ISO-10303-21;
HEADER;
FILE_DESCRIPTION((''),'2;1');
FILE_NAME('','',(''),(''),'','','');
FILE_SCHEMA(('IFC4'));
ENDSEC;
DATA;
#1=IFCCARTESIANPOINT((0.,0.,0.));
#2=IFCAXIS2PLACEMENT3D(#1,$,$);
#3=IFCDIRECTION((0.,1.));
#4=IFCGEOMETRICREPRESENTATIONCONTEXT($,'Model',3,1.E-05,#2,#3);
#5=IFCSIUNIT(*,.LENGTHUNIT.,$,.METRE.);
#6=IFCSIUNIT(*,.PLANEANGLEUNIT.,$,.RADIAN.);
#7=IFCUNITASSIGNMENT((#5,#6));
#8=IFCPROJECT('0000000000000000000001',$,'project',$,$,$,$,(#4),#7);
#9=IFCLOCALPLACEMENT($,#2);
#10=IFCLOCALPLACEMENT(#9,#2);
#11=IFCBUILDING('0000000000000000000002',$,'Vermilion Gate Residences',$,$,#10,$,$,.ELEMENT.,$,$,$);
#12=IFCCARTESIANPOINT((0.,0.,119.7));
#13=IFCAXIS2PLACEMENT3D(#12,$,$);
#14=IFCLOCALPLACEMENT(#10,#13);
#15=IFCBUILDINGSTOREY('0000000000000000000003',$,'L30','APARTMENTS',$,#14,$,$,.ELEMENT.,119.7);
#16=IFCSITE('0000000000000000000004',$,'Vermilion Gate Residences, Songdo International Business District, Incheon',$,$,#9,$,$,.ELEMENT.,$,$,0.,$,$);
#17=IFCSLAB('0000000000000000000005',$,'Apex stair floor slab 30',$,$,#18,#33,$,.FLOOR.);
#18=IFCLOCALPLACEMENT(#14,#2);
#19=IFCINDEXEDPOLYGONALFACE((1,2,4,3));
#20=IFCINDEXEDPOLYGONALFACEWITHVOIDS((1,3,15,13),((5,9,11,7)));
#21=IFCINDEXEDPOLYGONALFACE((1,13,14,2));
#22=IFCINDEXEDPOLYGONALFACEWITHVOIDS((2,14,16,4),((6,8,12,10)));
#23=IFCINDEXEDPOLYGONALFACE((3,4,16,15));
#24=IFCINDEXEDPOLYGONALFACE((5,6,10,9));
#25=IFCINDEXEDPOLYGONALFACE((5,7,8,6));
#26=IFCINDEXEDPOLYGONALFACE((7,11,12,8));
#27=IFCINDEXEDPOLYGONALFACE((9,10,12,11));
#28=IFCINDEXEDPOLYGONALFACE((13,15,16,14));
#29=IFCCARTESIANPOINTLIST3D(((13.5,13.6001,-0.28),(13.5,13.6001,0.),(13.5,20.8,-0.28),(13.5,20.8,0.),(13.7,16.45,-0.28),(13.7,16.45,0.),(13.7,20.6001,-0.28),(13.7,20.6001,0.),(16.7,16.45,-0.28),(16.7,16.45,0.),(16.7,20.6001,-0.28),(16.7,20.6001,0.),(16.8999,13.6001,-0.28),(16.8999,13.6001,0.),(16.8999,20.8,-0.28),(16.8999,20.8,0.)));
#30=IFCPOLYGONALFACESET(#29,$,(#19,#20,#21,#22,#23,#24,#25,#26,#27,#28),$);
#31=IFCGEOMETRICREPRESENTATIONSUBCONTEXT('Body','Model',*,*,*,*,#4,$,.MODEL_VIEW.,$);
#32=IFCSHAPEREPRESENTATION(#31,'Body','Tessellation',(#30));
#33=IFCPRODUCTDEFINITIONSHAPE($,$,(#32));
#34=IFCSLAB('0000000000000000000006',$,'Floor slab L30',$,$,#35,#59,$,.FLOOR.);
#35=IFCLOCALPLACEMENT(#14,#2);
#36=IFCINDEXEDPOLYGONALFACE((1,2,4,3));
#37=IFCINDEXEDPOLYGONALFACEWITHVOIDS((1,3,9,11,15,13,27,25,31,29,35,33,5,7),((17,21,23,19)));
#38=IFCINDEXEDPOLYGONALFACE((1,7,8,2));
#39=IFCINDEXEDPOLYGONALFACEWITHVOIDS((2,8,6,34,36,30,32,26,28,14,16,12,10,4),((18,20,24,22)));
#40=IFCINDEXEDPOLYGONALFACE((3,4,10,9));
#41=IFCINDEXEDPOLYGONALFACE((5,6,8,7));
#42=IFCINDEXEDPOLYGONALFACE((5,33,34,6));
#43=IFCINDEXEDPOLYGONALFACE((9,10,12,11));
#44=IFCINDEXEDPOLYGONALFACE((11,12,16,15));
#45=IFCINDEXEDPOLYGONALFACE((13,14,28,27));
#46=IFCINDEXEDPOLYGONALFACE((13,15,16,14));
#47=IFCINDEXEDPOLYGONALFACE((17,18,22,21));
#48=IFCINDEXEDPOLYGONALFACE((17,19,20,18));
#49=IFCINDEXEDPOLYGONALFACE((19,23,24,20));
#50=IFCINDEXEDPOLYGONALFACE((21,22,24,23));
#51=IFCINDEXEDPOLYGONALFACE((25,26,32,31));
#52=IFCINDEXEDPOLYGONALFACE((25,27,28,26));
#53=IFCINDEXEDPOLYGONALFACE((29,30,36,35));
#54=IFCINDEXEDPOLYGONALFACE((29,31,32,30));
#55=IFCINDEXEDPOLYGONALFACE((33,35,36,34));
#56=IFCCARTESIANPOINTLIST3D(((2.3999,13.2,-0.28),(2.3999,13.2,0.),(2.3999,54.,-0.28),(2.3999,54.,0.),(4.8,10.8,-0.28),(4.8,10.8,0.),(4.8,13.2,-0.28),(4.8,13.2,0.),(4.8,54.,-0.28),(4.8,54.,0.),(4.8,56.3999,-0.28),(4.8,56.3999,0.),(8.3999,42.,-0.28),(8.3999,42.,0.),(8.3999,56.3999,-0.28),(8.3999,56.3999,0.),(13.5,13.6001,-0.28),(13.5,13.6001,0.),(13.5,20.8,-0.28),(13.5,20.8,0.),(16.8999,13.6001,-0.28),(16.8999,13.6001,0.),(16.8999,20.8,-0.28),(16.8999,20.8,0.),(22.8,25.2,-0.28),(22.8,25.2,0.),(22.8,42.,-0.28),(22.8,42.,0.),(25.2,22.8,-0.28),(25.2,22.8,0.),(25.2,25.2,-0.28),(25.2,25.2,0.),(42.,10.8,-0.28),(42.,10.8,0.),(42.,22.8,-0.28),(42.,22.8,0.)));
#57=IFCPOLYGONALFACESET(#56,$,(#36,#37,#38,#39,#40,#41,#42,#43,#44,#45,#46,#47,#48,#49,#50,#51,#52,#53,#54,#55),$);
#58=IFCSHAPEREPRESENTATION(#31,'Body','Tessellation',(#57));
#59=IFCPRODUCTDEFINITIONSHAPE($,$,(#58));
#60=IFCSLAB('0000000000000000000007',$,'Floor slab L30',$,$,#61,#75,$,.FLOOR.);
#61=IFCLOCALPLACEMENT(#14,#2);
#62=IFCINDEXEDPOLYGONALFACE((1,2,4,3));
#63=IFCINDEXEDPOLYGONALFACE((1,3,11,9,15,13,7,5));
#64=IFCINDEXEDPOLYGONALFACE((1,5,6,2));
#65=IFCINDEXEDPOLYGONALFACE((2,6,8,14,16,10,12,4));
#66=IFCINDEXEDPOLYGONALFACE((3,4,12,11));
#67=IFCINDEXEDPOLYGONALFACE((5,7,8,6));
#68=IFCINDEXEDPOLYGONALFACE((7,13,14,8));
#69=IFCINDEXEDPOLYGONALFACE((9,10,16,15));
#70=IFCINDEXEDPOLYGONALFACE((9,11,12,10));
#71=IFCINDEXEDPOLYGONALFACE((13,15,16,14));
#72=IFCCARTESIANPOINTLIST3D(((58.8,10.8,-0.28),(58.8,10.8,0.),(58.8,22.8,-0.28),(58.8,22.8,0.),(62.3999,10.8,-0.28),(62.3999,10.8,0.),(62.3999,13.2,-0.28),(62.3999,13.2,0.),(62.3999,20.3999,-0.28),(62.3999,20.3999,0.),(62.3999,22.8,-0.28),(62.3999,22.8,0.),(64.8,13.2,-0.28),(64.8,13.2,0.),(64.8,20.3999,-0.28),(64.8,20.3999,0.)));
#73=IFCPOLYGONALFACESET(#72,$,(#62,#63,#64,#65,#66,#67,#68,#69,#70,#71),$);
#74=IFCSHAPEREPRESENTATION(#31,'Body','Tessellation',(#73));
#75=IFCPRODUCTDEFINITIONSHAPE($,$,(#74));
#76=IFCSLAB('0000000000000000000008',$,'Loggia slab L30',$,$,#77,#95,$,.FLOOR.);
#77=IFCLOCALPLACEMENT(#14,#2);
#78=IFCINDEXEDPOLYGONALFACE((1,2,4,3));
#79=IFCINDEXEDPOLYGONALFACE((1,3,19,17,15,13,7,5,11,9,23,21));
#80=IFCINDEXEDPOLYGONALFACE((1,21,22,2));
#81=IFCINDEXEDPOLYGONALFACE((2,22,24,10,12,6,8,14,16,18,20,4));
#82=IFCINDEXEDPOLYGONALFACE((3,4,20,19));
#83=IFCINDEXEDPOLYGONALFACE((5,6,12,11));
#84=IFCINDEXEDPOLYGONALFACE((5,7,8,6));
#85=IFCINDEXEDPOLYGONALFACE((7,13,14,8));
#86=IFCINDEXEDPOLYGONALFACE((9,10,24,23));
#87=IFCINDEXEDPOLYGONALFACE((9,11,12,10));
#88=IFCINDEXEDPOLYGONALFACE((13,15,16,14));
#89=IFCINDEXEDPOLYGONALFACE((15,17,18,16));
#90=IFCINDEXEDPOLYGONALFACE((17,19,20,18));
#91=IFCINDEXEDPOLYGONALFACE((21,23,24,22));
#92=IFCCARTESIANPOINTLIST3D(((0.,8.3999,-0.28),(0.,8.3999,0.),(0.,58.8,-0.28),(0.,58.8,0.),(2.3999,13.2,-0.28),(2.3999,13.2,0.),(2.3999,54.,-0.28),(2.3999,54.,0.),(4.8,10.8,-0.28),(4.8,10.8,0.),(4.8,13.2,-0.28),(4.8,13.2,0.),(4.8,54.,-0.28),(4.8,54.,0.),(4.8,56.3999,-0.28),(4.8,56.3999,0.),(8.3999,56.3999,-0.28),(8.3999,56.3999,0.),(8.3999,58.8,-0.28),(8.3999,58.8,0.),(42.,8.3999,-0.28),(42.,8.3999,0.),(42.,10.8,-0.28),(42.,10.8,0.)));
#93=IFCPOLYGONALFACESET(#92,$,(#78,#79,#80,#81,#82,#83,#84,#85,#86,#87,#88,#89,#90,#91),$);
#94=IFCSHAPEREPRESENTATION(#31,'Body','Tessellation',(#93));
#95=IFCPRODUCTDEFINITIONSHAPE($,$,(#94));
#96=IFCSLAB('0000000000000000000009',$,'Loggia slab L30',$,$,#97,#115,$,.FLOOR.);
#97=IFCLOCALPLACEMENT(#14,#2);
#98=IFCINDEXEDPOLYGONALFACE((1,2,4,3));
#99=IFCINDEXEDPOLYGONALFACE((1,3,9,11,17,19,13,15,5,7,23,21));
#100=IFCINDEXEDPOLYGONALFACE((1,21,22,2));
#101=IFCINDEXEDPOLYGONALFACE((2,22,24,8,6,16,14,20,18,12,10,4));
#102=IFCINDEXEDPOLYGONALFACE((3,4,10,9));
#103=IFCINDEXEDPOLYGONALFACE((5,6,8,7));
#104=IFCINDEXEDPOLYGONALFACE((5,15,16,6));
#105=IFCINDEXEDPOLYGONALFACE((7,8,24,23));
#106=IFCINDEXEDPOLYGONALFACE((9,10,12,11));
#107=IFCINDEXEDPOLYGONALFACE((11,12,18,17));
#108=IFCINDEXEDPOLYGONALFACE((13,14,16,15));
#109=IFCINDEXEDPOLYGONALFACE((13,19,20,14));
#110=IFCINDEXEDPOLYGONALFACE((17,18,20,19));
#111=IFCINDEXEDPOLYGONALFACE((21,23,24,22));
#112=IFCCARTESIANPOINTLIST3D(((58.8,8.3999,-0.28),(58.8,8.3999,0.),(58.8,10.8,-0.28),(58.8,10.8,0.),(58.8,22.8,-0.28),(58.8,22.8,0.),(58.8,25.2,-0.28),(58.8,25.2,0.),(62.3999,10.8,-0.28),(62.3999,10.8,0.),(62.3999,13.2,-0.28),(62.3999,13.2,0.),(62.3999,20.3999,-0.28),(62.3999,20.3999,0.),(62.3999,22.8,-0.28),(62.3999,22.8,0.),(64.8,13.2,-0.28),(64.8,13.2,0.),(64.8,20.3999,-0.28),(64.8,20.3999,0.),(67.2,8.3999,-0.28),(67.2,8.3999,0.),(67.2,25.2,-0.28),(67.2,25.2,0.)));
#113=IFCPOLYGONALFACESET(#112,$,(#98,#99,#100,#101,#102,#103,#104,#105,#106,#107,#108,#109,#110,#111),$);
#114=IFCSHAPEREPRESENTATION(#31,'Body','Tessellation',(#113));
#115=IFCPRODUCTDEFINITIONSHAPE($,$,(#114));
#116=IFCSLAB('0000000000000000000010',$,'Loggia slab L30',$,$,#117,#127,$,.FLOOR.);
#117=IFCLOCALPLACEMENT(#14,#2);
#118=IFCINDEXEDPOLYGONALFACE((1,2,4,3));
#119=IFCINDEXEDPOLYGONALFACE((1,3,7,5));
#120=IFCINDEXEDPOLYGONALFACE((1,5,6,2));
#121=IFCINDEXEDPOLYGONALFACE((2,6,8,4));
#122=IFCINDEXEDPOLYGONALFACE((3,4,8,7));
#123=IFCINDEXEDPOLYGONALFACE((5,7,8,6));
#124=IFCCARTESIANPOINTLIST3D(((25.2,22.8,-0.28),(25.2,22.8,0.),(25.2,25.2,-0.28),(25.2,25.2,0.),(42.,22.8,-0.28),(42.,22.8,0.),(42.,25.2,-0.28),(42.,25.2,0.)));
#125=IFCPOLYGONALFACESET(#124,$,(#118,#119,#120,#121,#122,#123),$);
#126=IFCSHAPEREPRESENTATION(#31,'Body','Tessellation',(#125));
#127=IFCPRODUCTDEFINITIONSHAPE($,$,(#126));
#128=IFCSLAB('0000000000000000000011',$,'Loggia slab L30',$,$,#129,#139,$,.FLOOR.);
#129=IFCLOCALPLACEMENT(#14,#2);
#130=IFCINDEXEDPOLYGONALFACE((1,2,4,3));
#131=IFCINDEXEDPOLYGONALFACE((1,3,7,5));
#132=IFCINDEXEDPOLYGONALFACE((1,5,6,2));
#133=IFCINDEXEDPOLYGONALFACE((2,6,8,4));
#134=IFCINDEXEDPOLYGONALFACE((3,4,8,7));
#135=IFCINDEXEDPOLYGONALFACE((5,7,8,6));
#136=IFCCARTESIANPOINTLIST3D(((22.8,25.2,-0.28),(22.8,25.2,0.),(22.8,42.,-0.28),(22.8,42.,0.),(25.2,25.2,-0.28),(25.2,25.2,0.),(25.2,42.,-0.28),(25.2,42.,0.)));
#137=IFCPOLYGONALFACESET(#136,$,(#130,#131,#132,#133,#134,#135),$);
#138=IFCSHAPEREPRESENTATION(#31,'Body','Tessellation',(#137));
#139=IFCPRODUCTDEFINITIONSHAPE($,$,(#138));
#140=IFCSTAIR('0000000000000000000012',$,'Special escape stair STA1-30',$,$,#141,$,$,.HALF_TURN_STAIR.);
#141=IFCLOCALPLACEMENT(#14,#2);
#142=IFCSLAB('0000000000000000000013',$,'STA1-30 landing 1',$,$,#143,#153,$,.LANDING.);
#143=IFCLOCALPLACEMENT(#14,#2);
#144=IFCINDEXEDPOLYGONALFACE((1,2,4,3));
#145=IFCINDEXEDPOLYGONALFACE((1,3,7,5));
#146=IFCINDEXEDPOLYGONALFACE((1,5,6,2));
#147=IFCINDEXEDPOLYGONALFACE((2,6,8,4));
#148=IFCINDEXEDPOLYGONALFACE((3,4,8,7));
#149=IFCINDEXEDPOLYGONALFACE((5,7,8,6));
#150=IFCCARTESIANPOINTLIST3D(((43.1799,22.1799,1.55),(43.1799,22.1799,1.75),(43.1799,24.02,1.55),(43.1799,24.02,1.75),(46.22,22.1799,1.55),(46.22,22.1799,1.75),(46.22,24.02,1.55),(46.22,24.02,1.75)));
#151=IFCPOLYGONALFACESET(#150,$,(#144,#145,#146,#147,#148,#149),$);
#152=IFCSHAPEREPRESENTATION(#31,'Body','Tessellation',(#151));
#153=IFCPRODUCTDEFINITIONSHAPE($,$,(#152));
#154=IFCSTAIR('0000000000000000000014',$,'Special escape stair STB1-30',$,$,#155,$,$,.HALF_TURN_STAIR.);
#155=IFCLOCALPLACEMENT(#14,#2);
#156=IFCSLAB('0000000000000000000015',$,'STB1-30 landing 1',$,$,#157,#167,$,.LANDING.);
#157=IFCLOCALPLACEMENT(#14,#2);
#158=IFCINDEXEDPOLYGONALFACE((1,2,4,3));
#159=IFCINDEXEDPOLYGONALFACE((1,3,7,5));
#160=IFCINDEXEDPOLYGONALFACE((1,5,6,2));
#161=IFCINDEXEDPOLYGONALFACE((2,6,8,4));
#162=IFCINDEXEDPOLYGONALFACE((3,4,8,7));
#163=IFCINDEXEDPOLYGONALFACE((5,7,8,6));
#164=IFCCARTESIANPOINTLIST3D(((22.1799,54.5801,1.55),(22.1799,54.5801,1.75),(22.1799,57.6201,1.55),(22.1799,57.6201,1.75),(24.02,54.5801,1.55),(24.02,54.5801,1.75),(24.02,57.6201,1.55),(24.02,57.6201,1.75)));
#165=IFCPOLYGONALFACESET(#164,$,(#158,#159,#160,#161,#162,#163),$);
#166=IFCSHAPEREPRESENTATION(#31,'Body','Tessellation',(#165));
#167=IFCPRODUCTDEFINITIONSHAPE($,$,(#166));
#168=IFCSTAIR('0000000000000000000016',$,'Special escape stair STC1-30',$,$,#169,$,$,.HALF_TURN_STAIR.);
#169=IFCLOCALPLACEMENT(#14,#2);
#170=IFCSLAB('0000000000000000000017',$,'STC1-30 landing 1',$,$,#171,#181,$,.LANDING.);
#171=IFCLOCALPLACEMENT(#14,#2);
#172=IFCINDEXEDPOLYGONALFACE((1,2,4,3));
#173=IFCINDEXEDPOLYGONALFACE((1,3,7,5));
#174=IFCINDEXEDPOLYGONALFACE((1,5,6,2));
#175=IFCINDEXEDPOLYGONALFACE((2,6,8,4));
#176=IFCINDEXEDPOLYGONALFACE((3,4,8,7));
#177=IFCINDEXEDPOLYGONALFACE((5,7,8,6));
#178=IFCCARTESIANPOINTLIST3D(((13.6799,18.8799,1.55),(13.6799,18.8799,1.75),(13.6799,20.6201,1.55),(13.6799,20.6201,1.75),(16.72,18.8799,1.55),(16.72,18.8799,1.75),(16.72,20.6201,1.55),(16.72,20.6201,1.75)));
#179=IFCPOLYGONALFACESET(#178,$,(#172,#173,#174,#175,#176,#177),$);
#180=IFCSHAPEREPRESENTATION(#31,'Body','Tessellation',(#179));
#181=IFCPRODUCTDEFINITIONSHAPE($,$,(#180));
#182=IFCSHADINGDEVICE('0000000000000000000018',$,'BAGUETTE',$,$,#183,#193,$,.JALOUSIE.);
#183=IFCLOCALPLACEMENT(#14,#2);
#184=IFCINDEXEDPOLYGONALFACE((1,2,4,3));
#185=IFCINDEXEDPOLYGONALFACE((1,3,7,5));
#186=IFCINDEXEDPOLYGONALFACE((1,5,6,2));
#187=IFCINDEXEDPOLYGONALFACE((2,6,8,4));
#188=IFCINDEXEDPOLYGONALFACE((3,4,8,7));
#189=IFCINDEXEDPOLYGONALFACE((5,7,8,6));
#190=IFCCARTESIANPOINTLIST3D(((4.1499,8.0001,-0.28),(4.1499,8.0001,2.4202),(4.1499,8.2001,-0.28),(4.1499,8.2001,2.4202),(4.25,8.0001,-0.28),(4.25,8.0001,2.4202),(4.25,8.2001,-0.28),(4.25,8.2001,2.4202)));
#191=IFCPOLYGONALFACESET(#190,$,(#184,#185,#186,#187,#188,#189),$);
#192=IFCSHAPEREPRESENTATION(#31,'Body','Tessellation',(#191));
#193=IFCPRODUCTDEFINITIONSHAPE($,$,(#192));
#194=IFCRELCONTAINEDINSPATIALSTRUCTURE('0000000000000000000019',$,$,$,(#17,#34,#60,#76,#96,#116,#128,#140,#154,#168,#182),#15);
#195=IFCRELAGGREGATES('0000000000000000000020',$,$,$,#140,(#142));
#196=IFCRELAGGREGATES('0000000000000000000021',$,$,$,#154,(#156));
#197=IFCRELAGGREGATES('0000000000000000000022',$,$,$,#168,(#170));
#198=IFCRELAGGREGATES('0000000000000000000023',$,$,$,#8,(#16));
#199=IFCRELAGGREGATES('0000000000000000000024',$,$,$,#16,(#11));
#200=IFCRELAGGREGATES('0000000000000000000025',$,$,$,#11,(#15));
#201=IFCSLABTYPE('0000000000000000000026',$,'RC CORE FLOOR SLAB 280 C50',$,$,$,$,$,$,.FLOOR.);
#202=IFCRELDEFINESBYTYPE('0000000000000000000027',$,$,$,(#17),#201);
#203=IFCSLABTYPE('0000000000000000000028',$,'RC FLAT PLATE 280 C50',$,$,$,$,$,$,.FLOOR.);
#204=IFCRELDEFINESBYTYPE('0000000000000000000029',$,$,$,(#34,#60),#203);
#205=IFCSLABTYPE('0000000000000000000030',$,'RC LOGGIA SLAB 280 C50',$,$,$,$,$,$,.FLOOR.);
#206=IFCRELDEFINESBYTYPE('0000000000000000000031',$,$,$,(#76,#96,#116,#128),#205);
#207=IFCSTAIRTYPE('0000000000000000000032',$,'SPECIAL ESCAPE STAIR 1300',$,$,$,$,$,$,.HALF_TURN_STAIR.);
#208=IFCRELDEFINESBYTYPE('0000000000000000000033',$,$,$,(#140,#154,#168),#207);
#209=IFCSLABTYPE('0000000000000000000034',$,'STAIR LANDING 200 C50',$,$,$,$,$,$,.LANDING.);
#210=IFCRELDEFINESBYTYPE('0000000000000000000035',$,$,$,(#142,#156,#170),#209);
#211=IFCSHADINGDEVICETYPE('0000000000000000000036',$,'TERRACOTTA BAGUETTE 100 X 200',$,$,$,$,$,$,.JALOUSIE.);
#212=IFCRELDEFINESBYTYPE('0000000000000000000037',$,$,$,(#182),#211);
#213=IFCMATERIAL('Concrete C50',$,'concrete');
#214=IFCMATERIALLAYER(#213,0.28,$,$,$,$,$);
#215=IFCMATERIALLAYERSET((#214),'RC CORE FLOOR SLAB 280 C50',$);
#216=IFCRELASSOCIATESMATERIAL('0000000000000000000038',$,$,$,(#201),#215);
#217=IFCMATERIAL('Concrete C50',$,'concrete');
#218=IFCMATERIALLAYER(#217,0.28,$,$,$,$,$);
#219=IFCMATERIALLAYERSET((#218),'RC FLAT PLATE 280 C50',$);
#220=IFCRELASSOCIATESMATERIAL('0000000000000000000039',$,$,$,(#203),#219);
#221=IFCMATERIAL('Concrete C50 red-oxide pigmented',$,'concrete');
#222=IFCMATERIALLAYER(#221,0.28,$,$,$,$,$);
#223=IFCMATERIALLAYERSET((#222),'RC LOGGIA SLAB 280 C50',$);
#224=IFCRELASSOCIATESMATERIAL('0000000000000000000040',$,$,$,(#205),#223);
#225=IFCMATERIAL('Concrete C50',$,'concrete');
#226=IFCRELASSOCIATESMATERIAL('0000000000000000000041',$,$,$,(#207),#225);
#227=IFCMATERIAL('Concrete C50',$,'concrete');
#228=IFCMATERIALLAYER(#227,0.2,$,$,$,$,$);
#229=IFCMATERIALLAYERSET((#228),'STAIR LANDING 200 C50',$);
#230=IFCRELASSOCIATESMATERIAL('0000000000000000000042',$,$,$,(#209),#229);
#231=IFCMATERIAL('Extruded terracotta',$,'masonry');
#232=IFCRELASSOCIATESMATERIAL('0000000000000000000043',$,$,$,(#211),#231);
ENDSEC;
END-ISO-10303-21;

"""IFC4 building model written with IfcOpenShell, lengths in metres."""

from ifc_helpers import new_model, si_unit, direction, frame, origin, origin_2d, place, context, subcontext, project, spatial, polyline, rectangle, outline, extrude, material, layer, layer_set, material_profile, profile_set, type_object, element, aggregate, save


model = new_model("IFC4")

# Units and contexts
model_context = context("Model", 3, precision=1e-05, world=origin(), true_north=direction((0.0, 1.0)))
body_context = subcontext(model_context, "Body", "Model", "MODEL_VIEW")
ifc_project = project(units=[si_unit("LENGTHUNIT", "METRE"), si_unit("PLANEANGLEUNIT", "RADIAN")], contexts=[model_context])

# Site, building, storey
site_placement = place(None, origin())
site = spatial("IfcSite", under=ifc_project, at=site_placement, Name="Vermilion Gate Residences, Songdo International Business District, Incheon", CompositionType="ELEMENT", RefElevation=0.0)
building_placement = place(site_placement, origin())
building = spatial("IfcBuilding", under=site, at=building_placement, Name="Vermilion Gate Residences", CompositionType="ELEMENT")
storey_placement = place(building_placement, frame((0.0, 0.0, 119.7)))
storey = spatial("IfcBuildingStorey", under=building, at=storey_placement, Name="L30", Description="APARTMENTS", CompositionType="ELEMENT", Elevation=119.7)

# Slabs
ifc_material_1 = material(Name="Concrete C50", Category="concrete")
ifc_layer_1 = layer(ifc_material_1, 0.28)
ifc_layer_set_1 = layer_set([ifc_layer_1], Name="RC CORE FLOOR SLAB 280 C50")
slab_type_1 = type_object("IfcSlabType", Name="RC CORE FLOOR SLAB 280 C50", PredefinedType="FLOOR", material=ifc_layer_set_1)
slab_1_placement = place(storey_placement, frame((0.0, 0.0, -0.28)))
element("IfcSlab", 1, at=slab_1_placement, inside=storey, type_object=slab_type_1, Name="Apex stair floor slab 30", PredefinedType="FLOOR", context=body_context, shape_type="SweptSolid", body=[
    extrude(outline(polyline([(13.5, 13.6001), (16.8999, 13.6001), (16.8999, 20.8), (13.5, 20.8), (13.5, 13.6001)]), holes=[polyline([(16.7, 20.6001), (16.7, 16.45), (13.7, 16.45), (13.7, 20.6001), (16.7, 20.6001)])]), origin(), (0.0, 0.0, 1.0), 0.28),
])
ifc_material_2 = material(Name="Concrete C50", Category="concrete")
ifc_layer_2 = layer(ifc_material_2, 0.28)
ifc_layer_set_2 = layer_set([ifc_layer_2], Name="RC FLAT PLATE 280 C50")
slab_type_2 = type_object("IfcSlabType", Name="RC FLAT PLATE 280 C50", PredefinedType="FLOOR", material=ifc_layer_set_2)
slab_2_placement = place(storey_placement, frame((0.0, 0.0, -0.28)))
element("IfcSlab", 2, at=slab_2_placement, inside=storey, type_object=slab_type_2, Name="Floor slab L30", PredefinedType="FLOOR", context=body_context, shape_type="SweptSolid", body=[
    extrude(outline(polyline([(22.8, 25.2), (22.8, 42.0), (8.3999, 42.0), (8.3999, 56.3999), (4.8, 56.3999), (4.8, 54.0), (2.3999, 54.0), (2.3999, 13.2), (4.8, 13.2), (4.8, 10.8), (42.0, 10.8), (42.0, 22.8), (25.2, 22.8), (25.2, 25.2), (22.8, 25.2)]), holes=[polyline([(13.5, 13.6001), (13.5, 20.8), (16.8999, 20.8), (16.8999, 13.6001), (13.5, 13.6001)])]), origin(), (0.0, 0.0, 1.0), 0.28),
])
slab_3_placement = place(storey_placement, frame((0.0, 0.0, -0.28)))
element("IfcSlab", 3, at=slab_3_placement, inside=storey, type_object=slab_type_2, Name="Floor slab L30", PredefinedType="FLOOR", context=body_context, shape_type="SweptSolid", body=[
    extrude(outline(polyline([(58.8, 22.8), (58.8, 10.8), (62.3999, 10.8), (62.3999, 13.2), (64.8, 13.2), (64.8, 20.3999), (62.3999, 20.3999), (62.3999, 22.8), (58.8, 22.8)])), origin(), (0.0, 0.0, 1.0), 0.28),
])
ifc_material_3 = material(Name="Concrete C50 red-oxide pigmented", Category="concrete")
ifc_layer_3 = layer(ifc_material_3, 0.28)
ifc_layer_set_3 = layer_set([ifc_layer_3], Name="RC LOGGIA SLAB 280 C50")
slab_type_3 = type_object("IfcSlabType", Name="RC LOGGIA SLAB 280 C50", PredefinedType="FLOOR", material=ifc_layer_set_3)
slab_4_placement = place(storey_placement, frame((0.0, 0.0, -0.28)))
element("IfcSlab", 4, at=slab_4_placement, inside=storey, type_object=slab_type_3, Name="Loggia slab L30", PredefinedType="FLOOR", context=body_context, shape_type="SweptSolid", body=[
    extrude(outline(polyline([(0.0, 58.8), (0.0, 8.3999), (42.0, 8.3999), (42.0, 10.8), (4.8, 10.8), (4.8, 13.2), (2.3999, 13.2), (2.3999, 54.0), (4.8, 54.0), (4.8, 56.3999), (8.3999, 56.3999), (8.3999, 58.8), (0.0, 58.8)])), origin(), (0.0, 0.0, 1.0), 0.28),
])
slab_5_placement = place(storey_placement, frame((0.0, 0.0, -0.28)))
element("IfcSlab", 5, at=slab_5_placement, inside=storey, type_object=slab_type_3, Name="Loggia slab L30", PredefinedType="FLOOR", context=body_context, shape_type="SweptSolid", body=[
    extrude(outline(polyline([(64.8, 20.3999), (64.8, 13.2), (62.3999, 13.2), (62.3999, 10.8), (58.8, 10.8), (58.8, 8.3999), (67.2, 8.3999), (67.2, 25.2), (58.8, 25.2), (58.8, 22.8), (62.3999, 22.8), (62.3999, 20.3999), (64.8, 20.3999)])), origin(), (0.0, 0.0, 1.0), 0.28),
])
slab_6_placement = place(storey_placement, frame((0.0, 0.0, -0.28)))
element("IfcSlab", 6, at=slab_6_placement, inside=storey, type_object=slab_type_3, Name="Loggia slab L30", PredefinedType="FLOOR", context=body_context, shape_type="SweptSolid", body=[
    extrude(outline(polyline([(25.2, 22.8), (42.0, 22.8), (42.0, 25.2), (25.2, 25.2), (25.2, 22.8)])), origin(), (0.0, 0.0, 1.0), 0.28),
])
slab_7_placement = place(storey_placement, frame((0.0, 0.0, -0.28)))
element("IfcSlab", 7, at=slab_7_placement, inside=storey, type_object=slab_type_3, Name="Loggia slab L30", PredefinedType="FLOOR", context=body_context, shape_type="SweptSolid", body=[
    extrude(outline(polyline([(25.2, 25.2), (25.2, 42.0), (22.8, 42.0), (22.8, 25.2), (25.2, 25.2)])), origin(), (0.0, 0.0, 1.0), 0.28),
])

# Stairs, slabs
ifc_material_4 = material(Name="Concrete C50", Category="concrete")
stair_type = type_object("IfcStairType", Name="SPECIAL ESCAPE STAIR 1300", PredefinedType="HALF_TURN_STAIR", material=ifc_material_4)
stair_1_placement = place(storey_placement, origin())
stair_1 = element("IfcStair", 8, at=stair_1_placement, inside=storey, type_object=stair_type, Name="Special escape stair STA1-30", PredefinedType="HALF_TURN_STAIR")
ifc_material_5 = material(Name="Concrete C50", Category="concrete")
ifc_layer_4 = layer(ifc_material_5, 0.2)
ifc_layer_set_4 = layer_set([ifc_layer_4], Name="STAIR LANDING 200 C50")
slab_type_4 = type_object("IfcSlabType", Name="STAIR LANDING 200 C50", PredefinedType="LANDING", material=ifc_layer_set_4)
slab_8_placement = place(storey_placement, frame((0.0, 0.0, 1.55)))
slab_8 = element("IfcSlab", 9, at=slab_8_placement, type_object=slab_type_4, Name="STA1-30 landing 1", PredefinedType="LANDING", context=body_context, shape_type="SweptSolid", body=[
    extrude(outline(polyline([(46.22, 22.1799), (46.22, 24.02), (43.1799, 24.02), (43.1799, 22.1799), (46.22, 22.1799)])), origin(), (0.0, 0.0, 1.0), 0.2),
])
aggregate(stair_1, [slab_8])
stair_2_placement = place(storey_placement, origin())
stair_2 = element("IfcStair", 10, at=stair_2_placement, inside=storey, type_object=stair_type, Name="Special escape stair STB1-30", PredefinedType="HALF_TURN_STAIR")
slab_9_placement = place(storey_placement, frame((0.0, 0.0, 1.55)))
slab_9 = element("IfcSlab", 11, at=slab_9_placement, type_object=slab_type_4, Name="STB1-30 landing 1", PredefinedType="LANDING", context=body_context, shape_type="SweptSolid", body=[
    extrude(outline(polyline([(24.02, 54.5801), (24.02, 57.6201), (22.1799, 57.6201), (22.1799, 54.5801), (24.02, 54.5801)])), origin(), (0.0, 0.0, 1.0), 0.2),
])
aggregate(stair_2, [slab_9])
stair_3_placement = place(storey_placement, origin())
stair_3 = element("IfcStair", 12, at=stair_3_placement, inside=storey, type_object=stair_type, Name="Special escape stair STC1-30", PredefinedType="HALF_TURN_STAIR")
slab_10_placement = place(storey_placement, frame((0.0, 0.0, 1.55)))
slab_10 = element("IfcSlab", 13, at=slab_10_placement, type_object=slab_type_4, Name="STC1-30 landing 1", PredefinedType="LANDING", context=body_context, shape_type="SweptSolid", body=[
    extrude(outline(polyline([(16.72, 18.8799), (16.72, 20.6201), (13.6799, 20.6201), (13.6799, 18.8799), (16.72, 18.8799)])), origin(), (0.0, 0.0, 1.0), 0.2),
])
aggregate(stair_3, [slab_10])

# Shading device
ifc_material_6 = material(Name="Extruded terracotta", Category="masonry")
ifc_material_profile_1 = material_profile(ifc_material_6, rectangle(XDim=0.2, YDim=0.1001, at=origin_2d()), Name="BAGUETTE 100 X 200")
ifc_profile_set_1 = profile_set([ifc_material_profile_1], Name="Extruded terracotta")
shading_device_type = type_object("IfcShadingDeviceType", Name="TERRACOTTA BAGUETTE 100 X 200", PredefinedType="JALOUSIE", material=ifc_profile_set_1)
shading_device_1_placement = place(storey_placement, frame((4.2, 8.1001, -0.28), z_axis=(0.0, 0.0, 1.0), x_axis=(0.0, 1.0, 0.0)))
element("IfcShadingDevice", 14, at=shading_device_1_placement, inside=storey, type_object=shading_device_type, Name="BAGUETTE", PredefinedType="JALOUSIE", context=body_context, shape_type="SweptSolid", body=[
    extrude(rectangle(XDim=0.2, YDim=0.1001, at=origin_2d()), origin(), (0.0, 0.0, 1.0), 2.7002),
])

save(model, "model.ifc")
